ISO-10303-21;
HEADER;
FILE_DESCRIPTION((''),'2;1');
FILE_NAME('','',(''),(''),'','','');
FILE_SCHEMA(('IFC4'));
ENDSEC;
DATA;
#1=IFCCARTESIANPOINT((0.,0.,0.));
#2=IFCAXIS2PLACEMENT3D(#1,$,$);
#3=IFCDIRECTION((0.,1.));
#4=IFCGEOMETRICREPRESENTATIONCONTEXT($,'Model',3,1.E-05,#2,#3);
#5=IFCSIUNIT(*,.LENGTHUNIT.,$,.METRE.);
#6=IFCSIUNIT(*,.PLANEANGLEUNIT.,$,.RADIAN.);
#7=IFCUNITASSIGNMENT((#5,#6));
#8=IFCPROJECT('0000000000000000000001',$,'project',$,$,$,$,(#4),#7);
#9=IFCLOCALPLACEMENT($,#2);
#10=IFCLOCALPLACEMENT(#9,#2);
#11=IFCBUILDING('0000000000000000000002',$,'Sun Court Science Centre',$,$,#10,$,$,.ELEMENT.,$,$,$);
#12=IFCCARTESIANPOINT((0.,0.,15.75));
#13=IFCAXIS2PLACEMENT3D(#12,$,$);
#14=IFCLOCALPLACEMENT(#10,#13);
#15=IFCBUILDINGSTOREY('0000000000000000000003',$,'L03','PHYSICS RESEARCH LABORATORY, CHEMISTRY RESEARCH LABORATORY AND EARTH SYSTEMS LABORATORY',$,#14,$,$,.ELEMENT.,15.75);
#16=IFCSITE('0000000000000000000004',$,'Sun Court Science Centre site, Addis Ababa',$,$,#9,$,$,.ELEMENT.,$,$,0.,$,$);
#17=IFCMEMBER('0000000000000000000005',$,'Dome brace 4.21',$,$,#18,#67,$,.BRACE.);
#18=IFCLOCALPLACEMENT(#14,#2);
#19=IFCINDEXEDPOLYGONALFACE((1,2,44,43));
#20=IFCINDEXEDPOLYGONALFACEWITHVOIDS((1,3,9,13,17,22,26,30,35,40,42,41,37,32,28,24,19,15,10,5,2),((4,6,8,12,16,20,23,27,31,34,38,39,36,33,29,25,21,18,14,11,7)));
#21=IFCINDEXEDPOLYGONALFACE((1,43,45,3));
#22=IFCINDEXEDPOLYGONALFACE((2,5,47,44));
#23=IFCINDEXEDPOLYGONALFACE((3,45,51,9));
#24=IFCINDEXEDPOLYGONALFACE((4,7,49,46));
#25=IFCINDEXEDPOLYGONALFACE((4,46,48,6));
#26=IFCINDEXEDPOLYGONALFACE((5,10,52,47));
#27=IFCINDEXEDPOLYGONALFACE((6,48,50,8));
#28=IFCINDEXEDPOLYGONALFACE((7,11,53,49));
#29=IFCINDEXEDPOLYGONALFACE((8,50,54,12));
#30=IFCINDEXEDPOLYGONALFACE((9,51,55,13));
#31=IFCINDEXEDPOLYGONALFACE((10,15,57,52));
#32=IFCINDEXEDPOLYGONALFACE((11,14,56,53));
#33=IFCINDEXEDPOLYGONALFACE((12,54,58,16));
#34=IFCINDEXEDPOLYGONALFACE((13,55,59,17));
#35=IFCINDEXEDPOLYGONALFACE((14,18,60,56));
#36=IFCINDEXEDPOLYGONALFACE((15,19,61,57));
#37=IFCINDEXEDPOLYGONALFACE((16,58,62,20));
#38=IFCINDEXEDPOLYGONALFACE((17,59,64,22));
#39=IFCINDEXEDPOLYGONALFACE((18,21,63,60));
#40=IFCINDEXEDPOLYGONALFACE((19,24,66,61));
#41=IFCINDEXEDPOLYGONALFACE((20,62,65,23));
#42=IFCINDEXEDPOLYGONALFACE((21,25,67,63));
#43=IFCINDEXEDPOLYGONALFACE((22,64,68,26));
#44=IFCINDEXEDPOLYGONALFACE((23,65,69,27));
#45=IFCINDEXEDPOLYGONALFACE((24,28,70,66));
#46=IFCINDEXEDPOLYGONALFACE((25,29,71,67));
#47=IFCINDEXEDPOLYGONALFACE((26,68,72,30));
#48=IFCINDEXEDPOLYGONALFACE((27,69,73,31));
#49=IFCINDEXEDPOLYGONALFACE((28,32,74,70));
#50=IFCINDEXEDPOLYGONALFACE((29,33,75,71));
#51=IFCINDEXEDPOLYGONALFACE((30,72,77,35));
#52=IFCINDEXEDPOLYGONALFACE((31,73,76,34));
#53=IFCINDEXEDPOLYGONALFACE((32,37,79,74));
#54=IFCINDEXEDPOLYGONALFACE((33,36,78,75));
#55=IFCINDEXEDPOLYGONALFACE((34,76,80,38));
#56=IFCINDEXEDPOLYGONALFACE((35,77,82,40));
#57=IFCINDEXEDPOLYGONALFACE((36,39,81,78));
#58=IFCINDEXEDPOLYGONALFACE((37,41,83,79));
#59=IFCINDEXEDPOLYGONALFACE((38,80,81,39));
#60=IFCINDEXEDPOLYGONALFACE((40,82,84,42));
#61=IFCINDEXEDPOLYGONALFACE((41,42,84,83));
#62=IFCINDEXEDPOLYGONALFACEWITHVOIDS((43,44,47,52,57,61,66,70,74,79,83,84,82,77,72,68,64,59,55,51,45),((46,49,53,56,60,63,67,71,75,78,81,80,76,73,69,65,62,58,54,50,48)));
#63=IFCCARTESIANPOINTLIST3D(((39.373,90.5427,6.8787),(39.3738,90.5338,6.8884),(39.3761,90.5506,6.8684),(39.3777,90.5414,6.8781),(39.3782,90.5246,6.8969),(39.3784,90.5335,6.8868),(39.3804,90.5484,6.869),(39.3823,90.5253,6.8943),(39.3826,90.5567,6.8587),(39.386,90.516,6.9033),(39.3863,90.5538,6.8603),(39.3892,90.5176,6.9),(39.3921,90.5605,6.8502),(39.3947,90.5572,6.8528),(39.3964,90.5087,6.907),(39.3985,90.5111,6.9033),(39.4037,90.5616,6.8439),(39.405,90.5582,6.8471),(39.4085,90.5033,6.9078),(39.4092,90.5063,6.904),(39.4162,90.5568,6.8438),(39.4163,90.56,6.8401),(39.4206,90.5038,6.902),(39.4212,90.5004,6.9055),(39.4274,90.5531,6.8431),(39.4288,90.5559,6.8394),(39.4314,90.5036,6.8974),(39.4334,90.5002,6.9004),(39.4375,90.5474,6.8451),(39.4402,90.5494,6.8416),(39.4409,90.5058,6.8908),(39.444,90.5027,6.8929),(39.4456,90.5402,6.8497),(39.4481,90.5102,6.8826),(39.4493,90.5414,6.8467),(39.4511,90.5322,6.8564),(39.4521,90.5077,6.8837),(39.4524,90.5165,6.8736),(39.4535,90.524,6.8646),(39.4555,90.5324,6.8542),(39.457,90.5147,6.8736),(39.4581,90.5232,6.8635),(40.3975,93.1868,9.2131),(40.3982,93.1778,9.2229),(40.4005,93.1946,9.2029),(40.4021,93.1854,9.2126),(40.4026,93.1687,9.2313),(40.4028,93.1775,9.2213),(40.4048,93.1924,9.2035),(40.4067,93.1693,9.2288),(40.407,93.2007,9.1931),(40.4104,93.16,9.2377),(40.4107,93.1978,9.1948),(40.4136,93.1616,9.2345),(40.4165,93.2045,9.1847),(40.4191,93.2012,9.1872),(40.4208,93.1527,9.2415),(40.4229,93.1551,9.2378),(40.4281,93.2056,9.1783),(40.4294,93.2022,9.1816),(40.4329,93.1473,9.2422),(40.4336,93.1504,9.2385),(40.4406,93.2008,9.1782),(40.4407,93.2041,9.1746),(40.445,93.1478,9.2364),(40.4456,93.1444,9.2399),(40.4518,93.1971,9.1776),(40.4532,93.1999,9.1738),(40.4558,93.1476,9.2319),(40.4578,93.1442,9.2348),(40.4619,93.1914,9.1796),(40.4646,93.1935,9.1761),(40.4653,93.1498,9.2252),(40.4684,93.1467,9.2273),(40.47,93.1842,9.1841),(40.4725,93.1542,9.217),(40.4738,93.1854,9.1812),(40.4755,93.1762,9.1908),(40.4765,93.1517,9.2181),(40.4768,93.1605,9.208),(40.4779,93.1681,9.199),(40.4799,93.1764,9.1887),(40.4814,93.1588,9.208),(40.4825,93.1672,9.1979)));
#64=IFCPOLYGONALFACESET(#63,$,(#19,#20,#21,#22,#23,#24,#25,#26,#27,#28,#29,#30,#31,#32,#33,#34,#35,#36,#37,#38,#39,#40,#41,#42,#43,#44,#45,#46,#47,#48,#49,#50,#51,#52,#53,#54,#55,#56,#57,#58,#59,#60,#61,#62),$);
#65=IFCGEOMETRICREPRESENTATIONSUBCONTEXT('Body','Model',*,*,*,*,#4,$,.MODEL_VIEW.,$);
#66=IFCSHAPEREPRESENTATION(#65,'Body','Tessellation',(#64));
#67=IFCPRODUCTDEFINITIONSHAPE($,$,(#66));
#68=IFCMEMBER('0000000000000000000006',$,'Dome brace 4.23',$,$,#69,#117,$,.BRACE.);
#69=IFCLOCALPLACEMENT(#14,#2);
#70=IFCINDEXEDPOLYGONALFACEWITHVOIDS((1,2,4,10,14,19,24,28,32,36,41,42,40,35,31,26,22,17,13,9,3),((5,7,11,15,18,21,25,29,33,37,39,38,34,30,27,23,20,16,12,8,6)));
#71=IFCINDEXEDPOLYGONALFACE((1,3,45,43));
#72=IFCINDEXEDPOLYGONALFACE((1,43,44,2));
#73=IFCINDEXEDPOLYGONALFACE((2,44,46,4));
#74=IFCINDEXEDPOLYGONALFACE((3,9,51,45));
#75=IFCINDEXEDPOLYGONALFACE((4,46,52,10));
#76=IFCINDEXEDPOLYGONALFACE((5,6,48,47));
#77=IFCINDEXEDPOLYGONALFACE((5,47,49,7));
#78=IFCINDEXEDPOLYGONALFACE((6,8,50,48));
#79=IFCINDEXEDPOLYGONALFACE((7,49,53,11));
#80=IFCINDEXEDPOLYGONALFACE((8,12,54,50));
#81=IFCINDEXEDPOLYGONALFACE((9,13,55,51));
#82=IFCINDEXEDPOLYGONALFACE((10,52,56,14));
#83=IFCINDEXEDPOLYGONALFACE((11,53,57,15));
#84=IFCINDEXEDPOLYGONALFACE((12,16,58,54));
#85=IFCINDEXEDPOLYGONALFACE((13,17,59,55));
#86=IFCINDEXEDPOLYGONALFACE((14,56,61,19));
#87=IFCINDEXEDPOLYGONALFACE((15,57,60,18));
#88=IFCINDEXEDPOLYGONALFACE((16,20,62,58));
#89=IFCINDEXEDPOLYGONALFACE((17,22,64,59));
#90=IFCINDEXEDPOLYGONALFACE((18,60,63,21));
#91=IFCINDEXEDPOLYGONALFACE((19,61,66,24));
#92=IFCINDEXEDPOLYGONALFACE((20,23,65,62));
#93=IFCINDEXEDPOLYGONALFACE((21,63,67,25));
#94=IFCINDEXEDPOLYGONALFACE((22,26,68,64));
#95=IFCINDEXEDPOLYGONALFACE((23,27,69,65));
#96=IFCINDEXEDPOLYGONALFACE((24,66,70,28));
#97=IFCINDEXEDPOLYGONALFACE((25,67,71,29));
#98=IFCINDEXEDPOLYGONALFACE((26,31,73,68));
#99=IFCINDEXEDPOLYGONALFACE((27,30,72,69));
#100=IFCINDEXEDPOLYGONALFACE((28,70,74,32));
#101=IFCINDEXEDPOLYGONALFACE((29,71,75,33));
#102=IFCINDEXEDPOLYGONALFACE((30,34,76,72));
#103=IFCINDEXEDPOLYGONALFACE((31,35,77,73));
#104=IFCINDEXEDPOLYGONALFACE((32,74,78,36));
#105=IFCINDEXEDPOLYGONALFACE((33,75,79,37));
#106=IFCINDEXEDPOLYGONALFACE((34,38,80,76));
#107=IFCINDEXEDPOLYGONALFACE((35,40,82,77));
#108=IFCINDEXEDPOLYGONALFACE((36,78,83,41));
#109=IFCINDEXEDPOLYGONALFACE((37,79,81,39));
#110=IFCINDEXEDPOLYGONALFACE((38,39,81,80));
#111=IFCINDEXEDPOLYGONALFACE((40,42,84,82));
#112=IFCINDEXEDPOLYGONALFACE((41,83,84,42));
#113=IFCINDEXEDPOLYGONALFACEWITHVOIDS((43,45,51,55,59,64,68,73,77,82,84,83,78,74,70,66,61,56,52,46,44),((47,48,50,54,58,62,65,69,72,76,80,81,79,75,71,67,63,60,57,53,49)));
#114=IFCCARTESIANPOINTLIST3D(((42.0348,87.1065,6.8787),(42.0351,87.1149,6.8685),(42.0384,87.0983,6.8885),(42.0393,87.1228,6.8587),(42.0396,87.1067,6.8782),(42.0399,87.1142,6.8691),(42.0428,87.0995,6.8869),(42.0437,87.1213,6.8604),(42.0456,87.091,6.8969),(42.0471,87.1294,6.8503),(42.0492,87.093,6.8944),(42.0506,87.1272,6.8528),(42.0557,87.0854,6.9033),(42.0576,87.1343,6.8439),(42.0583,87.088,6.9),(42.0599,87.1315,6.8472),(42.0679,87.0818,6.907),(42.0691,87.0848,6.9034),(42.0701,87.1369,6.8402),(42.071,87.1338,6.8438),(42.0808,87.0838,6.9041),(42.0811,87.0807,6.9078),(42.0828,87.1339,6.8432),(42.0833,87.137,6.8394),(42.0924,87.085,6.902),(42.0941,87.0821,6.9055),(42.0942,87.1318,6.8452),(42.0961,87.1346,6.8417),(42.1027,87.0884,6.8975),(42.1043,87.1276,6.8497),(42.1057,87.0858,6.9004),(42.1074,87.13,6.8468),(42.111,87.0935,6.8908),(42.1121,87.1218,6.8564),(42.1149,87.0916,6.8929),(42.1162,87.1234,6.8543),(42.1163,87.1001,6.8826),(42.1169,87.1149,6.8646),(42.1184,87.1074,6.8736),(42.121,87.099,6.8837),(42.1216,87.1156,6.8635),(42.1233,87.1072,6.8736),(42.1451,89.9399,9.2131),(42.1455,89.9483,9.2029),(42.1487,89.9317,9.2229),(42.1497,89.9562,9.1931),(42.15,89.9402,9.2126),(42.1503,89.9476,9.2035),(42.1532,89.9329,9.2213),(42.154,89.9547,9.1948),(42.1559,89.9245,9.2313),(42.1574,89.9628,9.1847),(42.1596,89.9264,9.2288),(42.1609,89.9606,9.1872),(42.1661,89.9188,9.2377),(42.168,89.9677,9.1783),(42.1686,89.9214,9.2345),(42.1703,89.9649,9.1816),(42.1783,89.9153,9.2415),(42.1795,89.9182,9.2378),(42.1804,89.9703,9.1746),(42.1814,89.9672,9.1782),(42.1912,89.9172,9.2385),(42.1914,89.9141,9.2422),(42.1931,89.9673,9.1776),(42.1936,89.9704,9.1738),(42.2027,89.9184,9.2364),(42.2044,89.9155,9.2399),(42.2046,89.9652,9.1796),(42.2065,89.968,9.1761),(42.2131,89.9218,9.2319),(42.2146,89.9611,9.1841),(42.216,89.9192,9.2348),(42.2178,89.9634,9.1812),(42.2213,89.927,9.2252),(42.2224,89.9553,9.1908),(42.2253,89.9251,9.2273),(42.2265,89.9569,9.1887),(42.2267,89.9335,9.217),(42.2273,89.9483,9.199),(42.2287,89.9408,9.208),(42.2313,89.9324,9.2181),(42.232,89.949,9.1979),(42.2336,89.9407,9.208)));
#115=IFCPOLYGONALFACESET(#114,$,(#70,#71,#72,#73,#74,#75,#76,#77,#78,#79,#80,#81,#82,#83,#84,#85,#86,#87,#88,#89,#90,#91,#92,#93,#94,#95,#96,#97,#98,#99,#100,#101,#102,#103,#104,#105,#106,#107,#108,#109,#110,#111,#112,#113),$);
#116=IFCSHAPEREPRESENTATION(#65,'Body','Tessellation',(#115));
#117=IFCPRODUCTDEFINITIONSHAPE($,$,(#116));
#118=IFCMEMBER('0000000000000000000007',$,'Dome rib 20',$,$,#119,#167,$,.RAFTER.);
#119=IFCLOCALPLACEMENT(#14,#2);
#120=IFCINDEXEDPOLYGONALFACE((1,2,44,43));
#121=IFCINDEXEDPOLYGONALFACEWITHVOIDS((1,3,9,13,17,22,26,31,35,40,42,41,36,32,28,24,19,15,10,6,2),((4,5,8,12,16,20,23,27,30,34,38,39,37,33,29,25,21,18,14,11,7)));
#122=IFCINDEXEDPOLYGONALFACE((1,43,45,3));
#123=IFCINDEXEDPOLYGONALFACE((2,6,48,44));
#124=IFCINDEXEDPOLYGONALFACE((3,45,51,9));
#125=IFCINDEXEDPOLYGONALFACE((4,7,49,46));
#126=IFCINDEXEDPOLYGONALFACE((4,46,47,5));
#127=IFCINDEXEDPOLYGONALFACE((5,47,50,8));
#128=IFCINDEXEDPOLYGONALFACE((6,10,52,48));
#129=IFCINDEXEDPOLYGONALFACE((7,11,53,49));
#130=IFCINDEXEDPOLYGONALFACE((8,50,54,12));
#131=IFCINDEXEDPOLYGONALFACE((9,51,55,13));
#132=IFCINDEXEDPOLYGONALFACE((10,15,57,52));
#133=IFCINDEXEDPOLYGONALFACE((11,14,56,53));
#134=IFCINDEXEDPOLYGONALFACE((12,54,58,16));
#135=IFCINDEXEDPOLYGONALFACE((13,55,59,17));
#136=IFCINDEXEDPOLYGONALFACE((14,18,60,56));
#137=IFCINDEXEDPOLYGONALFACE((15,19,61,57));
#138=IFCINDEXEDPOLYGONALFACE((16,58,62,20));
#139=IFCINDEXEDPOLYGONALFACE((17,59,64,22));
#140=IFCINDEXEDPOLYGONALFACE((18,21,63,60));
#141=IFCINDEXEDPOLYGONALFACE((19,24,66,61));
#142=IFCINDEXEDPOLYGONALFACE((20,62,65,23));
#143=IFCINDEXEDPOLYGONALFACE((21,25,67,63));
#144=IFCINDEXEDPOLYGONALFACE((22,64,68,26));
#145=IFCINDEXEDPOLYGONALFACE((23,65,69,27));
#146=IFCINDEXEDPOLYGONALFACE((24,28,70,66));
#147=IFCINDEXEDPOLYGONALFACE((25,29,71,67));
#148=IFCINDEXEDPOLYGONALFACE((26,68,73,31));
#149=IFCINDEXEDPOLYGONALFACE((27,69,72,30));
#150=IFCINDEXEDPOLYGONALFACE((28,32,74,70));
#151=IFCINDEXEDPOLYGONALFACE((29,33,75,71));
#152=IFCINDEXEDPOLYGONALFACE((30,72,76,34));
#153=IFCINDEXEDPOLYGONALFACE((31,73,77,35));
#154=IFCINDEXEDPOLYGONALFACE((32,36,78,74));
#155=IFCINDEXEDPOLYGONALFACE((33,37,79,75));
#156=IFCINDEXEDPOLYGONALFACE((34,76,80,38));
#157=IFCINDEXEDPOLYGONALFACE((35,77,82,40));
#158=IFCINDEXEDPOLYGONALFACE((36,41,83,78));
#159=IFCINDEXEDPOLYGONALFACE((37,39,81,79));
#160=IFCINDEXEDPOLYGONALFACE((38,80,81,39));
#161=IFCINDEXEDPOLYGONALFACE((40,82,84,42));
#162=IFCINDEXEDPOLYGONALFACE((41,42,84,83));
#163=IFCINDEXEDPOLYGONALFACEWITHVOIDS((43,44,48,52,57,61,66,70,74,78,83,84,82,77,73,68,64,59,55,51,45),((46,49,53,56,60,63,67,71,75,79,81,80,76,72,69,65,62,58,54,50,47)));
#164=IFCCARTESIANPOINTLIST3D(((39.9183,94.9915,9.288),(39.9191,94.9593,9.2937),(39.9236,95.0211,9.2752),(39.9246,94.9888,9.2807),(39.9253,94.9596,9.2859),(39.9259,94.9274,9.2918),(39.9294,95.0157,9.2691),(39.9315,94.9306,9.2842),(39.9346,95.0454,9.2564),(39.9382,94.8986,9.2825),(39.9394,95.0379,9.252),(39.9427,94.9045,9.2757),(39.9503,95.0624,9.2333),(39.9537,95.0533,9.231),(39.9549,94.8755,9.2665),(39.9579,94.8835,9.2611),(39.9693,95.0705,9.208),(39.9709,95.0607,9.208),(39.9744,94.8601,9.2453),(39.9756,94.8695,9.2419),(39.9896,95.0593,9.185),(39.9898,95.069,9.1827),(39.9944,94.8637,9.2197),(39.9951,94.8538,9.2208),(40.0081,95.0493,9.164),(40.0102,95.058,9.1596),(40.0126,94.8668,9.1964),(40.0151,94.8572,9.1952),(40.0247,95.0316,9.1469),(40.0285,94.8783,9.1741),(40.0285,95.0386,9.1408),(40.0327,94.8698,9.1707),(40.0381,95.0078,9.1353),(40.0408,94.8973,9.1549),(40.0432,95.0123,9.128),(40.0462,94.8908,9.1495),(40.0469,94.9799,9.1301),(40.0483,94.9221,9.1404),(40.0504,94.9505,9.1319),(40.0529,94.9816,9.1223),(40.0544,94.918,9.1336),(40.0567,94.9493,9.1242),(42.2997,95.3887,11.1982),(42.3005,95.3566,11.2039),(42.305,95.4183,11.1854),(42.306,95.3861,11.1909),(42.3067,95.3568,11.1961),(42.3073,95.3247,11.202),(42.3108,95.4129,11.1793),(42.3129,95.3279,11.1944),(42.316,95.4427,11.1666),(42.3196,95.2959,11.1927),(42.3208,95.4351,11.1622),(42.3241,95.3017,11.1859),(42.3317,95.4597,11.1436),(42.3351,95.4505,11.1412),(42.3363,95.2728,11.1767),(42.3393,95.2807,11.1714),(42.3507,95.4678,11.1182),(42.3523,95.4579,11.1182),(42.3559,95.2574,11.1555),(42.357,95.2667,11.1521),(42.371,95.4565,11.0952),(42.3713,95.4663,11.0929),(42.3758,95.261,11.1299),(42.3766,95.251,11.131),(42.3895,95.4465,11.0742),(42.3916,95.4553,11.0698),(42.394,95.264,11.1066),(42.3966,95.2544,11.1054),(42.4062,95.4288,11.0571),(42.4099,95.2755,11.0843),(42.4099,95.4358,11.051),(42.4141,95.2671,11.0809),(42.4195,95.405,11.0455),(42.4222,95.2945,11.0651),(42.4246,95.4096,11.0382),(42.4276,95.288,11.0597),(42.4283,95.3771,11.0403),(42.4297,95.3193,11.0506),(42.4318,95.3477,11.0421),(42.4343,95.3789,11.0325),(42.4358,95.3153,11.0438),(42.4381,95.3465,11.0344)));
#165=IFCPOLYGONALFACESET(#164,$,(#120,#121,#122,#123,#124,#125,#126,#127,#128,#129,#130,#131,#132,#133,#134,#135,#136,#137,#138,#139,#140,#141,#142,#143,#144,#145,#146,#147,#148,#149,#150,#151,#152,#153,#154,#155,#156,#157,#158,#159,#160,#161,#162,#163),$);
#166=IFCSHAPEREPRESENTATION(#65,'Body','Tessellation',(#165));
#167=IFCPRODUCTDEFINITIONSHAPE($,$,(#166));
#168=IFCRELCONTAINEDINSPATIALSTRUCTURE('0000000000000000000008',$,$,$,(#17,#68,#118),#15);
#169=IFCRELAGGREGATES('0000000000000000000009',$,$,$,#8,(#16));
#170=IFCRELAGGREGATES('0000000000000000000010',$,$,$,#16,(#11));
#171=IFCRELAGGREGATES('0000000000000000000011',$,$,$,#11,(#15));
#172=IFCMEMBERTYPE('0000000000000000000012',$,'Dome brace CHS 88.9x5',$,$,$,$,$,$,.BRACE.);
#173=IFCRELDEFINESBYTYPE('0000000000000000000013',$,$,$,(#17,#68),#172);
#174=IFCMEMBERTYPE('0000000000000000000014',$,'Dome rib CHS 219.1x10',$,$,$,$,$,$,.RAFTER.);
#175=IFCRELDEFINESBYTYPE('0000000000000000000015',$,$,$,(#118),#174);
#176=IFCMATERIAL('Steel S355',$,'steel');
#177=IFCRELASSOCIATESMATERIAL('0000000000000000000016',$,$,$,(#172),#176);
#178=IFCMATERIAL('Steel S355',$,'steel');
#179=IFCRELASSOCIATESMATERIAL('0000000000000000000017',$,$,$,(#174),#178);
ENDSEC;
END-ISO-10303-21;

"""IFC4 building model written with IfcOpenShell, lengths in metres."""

from ifc_helpers import new_model, si_unit, direction, frame, origin, origin_2d, place, context, subcontext, project, spatial, hollow_circle, extrude, material, material_profile, profile_set, type_object, element, save


model = new_model("IFC4")

# Units and contexts
model_context = context("Model", 3, precision=1e-05, world=origin(), true_north=direction((0.0, 1.0)))
body_context = subcontext(model_context, "Body", "Model", "MODEL_VIEW")
ifc_project = project(units=[si_unit("LENGTHUNIT", "METRE"), si_unit("PLANEANGLEUNIT", "RADIAN")], contexts=[model_context])

# Site, building, storey
site_placement = place(None, origin())
site = spatial("IfcSite", under=ifc_project, at=site_placement, Name="Sun Court Science Centre site, Addis Ababa", CompositionType="ELEMENT", RefElevation=0.0)
building_placement = place(site_placement, origin())
building = spatial("IfcBuilding", under=site, at=building_placement, Name="Sun Court Science Centre", CompositionType="ELEMENT")
storey_placement = place(building_placement, frame((0.0, 0.0, 15.75)))
storey = spatial("IfcBuildingStorey", under=building, at=storey_placement, Name="L03", Description="PHYSICS RESEARCH LABORATORY, CHEMISTRY RESEARCH LABORATORY AND EARTH SYSTEMS LABORATORY", CompositionType="ELEMENT", Elevation=15.75)

# Members
ifc_material_1 = material(Name="Steel S355", Category="steel")
ifc_material_profile_1 = material_profile(ifc_material_1, hollow_circle(Radius=0.0444, WallThickness=0.0049, at=origin_2d()), Name="CHS 88.9x5")
ifc_profile_set_1 = profile_set([ifc_material_profile_1], Name="Steel S355")
member_type_1 = type_object("IfcMemberType", Name="Dome brace CHS 88.9x5", PredefinedType="BRACE", material=ifc_profile_set_1)
for number, where, z_axis, x_axis, name in (
    (1, (40.4399, 93.1748, 9.208), (-0.278912, -0.71988, -0.635595), (0.93246, -0.361274, 0.0), "Dome brace 4.21"),
    (2, (42.1892, 89.9424, 9.208), (-0.030044, -0.771447, -0.635583), (0.999242, -0.038916, 0.0), "Dome brace 4.23"),
):
    element("IfcMember", number, at=place(storey_placement, frame(where, z_axis=z_axis, x_axis=x_axis)), inside=storey, type_object=member_type_1, Name=name, PredefinedType="BRACE", context=body_context, shape_type="SweptSolid", body=[
        extrude(hollow_circle(Radius=0.0444, WallThickness=0.0049, at=origin_2d()), origin(), (0.0, 0.0, 1.0), 3.6729),
    ])
ifc_material_2 = material(Name="Steel S355", Category="steel")
ifc_material_profile_2 = material_profile(ifc_material_2, hollow_circle(Radius=0.1096, WallThickness=0.01, at=origin_2d()), Name="CHS 219.1x10")
ifc_profile_set_2 = profile_set([ifc_material_profile_2], Name="Steel S355")
member_type_2 = type_object("IfcMemberType", Name="Dome rib CHS 219.1x10", PredefinedType="RAFTER", material=ifc_profile_set_2)
for number, where, z_axis, x_axis, name in (
    (3, (39.9873, 94.9624, 9.208), (0.773536, 0.129028, 0.620478), (-0.16453, 0.986372, 0.0), "Dome rib 20"),
):
    element("IfcMember", number, at=place(storey_placement, frame(where, z_axis=z_axis, x_axis=x_axis)), inside=storey, type_object=member_type_2, Name=name, PredefinedType="RAFTER", context=body_context, shape_type="SweptSolid", body=[
        extrude(hollow_circle(Radius=0.1096, WallThickness=0.01, at=origin_2d()), origin(), (0.0, 0.0, 1.0), 3.0786),
    ])

save(model, "model.ifc")
